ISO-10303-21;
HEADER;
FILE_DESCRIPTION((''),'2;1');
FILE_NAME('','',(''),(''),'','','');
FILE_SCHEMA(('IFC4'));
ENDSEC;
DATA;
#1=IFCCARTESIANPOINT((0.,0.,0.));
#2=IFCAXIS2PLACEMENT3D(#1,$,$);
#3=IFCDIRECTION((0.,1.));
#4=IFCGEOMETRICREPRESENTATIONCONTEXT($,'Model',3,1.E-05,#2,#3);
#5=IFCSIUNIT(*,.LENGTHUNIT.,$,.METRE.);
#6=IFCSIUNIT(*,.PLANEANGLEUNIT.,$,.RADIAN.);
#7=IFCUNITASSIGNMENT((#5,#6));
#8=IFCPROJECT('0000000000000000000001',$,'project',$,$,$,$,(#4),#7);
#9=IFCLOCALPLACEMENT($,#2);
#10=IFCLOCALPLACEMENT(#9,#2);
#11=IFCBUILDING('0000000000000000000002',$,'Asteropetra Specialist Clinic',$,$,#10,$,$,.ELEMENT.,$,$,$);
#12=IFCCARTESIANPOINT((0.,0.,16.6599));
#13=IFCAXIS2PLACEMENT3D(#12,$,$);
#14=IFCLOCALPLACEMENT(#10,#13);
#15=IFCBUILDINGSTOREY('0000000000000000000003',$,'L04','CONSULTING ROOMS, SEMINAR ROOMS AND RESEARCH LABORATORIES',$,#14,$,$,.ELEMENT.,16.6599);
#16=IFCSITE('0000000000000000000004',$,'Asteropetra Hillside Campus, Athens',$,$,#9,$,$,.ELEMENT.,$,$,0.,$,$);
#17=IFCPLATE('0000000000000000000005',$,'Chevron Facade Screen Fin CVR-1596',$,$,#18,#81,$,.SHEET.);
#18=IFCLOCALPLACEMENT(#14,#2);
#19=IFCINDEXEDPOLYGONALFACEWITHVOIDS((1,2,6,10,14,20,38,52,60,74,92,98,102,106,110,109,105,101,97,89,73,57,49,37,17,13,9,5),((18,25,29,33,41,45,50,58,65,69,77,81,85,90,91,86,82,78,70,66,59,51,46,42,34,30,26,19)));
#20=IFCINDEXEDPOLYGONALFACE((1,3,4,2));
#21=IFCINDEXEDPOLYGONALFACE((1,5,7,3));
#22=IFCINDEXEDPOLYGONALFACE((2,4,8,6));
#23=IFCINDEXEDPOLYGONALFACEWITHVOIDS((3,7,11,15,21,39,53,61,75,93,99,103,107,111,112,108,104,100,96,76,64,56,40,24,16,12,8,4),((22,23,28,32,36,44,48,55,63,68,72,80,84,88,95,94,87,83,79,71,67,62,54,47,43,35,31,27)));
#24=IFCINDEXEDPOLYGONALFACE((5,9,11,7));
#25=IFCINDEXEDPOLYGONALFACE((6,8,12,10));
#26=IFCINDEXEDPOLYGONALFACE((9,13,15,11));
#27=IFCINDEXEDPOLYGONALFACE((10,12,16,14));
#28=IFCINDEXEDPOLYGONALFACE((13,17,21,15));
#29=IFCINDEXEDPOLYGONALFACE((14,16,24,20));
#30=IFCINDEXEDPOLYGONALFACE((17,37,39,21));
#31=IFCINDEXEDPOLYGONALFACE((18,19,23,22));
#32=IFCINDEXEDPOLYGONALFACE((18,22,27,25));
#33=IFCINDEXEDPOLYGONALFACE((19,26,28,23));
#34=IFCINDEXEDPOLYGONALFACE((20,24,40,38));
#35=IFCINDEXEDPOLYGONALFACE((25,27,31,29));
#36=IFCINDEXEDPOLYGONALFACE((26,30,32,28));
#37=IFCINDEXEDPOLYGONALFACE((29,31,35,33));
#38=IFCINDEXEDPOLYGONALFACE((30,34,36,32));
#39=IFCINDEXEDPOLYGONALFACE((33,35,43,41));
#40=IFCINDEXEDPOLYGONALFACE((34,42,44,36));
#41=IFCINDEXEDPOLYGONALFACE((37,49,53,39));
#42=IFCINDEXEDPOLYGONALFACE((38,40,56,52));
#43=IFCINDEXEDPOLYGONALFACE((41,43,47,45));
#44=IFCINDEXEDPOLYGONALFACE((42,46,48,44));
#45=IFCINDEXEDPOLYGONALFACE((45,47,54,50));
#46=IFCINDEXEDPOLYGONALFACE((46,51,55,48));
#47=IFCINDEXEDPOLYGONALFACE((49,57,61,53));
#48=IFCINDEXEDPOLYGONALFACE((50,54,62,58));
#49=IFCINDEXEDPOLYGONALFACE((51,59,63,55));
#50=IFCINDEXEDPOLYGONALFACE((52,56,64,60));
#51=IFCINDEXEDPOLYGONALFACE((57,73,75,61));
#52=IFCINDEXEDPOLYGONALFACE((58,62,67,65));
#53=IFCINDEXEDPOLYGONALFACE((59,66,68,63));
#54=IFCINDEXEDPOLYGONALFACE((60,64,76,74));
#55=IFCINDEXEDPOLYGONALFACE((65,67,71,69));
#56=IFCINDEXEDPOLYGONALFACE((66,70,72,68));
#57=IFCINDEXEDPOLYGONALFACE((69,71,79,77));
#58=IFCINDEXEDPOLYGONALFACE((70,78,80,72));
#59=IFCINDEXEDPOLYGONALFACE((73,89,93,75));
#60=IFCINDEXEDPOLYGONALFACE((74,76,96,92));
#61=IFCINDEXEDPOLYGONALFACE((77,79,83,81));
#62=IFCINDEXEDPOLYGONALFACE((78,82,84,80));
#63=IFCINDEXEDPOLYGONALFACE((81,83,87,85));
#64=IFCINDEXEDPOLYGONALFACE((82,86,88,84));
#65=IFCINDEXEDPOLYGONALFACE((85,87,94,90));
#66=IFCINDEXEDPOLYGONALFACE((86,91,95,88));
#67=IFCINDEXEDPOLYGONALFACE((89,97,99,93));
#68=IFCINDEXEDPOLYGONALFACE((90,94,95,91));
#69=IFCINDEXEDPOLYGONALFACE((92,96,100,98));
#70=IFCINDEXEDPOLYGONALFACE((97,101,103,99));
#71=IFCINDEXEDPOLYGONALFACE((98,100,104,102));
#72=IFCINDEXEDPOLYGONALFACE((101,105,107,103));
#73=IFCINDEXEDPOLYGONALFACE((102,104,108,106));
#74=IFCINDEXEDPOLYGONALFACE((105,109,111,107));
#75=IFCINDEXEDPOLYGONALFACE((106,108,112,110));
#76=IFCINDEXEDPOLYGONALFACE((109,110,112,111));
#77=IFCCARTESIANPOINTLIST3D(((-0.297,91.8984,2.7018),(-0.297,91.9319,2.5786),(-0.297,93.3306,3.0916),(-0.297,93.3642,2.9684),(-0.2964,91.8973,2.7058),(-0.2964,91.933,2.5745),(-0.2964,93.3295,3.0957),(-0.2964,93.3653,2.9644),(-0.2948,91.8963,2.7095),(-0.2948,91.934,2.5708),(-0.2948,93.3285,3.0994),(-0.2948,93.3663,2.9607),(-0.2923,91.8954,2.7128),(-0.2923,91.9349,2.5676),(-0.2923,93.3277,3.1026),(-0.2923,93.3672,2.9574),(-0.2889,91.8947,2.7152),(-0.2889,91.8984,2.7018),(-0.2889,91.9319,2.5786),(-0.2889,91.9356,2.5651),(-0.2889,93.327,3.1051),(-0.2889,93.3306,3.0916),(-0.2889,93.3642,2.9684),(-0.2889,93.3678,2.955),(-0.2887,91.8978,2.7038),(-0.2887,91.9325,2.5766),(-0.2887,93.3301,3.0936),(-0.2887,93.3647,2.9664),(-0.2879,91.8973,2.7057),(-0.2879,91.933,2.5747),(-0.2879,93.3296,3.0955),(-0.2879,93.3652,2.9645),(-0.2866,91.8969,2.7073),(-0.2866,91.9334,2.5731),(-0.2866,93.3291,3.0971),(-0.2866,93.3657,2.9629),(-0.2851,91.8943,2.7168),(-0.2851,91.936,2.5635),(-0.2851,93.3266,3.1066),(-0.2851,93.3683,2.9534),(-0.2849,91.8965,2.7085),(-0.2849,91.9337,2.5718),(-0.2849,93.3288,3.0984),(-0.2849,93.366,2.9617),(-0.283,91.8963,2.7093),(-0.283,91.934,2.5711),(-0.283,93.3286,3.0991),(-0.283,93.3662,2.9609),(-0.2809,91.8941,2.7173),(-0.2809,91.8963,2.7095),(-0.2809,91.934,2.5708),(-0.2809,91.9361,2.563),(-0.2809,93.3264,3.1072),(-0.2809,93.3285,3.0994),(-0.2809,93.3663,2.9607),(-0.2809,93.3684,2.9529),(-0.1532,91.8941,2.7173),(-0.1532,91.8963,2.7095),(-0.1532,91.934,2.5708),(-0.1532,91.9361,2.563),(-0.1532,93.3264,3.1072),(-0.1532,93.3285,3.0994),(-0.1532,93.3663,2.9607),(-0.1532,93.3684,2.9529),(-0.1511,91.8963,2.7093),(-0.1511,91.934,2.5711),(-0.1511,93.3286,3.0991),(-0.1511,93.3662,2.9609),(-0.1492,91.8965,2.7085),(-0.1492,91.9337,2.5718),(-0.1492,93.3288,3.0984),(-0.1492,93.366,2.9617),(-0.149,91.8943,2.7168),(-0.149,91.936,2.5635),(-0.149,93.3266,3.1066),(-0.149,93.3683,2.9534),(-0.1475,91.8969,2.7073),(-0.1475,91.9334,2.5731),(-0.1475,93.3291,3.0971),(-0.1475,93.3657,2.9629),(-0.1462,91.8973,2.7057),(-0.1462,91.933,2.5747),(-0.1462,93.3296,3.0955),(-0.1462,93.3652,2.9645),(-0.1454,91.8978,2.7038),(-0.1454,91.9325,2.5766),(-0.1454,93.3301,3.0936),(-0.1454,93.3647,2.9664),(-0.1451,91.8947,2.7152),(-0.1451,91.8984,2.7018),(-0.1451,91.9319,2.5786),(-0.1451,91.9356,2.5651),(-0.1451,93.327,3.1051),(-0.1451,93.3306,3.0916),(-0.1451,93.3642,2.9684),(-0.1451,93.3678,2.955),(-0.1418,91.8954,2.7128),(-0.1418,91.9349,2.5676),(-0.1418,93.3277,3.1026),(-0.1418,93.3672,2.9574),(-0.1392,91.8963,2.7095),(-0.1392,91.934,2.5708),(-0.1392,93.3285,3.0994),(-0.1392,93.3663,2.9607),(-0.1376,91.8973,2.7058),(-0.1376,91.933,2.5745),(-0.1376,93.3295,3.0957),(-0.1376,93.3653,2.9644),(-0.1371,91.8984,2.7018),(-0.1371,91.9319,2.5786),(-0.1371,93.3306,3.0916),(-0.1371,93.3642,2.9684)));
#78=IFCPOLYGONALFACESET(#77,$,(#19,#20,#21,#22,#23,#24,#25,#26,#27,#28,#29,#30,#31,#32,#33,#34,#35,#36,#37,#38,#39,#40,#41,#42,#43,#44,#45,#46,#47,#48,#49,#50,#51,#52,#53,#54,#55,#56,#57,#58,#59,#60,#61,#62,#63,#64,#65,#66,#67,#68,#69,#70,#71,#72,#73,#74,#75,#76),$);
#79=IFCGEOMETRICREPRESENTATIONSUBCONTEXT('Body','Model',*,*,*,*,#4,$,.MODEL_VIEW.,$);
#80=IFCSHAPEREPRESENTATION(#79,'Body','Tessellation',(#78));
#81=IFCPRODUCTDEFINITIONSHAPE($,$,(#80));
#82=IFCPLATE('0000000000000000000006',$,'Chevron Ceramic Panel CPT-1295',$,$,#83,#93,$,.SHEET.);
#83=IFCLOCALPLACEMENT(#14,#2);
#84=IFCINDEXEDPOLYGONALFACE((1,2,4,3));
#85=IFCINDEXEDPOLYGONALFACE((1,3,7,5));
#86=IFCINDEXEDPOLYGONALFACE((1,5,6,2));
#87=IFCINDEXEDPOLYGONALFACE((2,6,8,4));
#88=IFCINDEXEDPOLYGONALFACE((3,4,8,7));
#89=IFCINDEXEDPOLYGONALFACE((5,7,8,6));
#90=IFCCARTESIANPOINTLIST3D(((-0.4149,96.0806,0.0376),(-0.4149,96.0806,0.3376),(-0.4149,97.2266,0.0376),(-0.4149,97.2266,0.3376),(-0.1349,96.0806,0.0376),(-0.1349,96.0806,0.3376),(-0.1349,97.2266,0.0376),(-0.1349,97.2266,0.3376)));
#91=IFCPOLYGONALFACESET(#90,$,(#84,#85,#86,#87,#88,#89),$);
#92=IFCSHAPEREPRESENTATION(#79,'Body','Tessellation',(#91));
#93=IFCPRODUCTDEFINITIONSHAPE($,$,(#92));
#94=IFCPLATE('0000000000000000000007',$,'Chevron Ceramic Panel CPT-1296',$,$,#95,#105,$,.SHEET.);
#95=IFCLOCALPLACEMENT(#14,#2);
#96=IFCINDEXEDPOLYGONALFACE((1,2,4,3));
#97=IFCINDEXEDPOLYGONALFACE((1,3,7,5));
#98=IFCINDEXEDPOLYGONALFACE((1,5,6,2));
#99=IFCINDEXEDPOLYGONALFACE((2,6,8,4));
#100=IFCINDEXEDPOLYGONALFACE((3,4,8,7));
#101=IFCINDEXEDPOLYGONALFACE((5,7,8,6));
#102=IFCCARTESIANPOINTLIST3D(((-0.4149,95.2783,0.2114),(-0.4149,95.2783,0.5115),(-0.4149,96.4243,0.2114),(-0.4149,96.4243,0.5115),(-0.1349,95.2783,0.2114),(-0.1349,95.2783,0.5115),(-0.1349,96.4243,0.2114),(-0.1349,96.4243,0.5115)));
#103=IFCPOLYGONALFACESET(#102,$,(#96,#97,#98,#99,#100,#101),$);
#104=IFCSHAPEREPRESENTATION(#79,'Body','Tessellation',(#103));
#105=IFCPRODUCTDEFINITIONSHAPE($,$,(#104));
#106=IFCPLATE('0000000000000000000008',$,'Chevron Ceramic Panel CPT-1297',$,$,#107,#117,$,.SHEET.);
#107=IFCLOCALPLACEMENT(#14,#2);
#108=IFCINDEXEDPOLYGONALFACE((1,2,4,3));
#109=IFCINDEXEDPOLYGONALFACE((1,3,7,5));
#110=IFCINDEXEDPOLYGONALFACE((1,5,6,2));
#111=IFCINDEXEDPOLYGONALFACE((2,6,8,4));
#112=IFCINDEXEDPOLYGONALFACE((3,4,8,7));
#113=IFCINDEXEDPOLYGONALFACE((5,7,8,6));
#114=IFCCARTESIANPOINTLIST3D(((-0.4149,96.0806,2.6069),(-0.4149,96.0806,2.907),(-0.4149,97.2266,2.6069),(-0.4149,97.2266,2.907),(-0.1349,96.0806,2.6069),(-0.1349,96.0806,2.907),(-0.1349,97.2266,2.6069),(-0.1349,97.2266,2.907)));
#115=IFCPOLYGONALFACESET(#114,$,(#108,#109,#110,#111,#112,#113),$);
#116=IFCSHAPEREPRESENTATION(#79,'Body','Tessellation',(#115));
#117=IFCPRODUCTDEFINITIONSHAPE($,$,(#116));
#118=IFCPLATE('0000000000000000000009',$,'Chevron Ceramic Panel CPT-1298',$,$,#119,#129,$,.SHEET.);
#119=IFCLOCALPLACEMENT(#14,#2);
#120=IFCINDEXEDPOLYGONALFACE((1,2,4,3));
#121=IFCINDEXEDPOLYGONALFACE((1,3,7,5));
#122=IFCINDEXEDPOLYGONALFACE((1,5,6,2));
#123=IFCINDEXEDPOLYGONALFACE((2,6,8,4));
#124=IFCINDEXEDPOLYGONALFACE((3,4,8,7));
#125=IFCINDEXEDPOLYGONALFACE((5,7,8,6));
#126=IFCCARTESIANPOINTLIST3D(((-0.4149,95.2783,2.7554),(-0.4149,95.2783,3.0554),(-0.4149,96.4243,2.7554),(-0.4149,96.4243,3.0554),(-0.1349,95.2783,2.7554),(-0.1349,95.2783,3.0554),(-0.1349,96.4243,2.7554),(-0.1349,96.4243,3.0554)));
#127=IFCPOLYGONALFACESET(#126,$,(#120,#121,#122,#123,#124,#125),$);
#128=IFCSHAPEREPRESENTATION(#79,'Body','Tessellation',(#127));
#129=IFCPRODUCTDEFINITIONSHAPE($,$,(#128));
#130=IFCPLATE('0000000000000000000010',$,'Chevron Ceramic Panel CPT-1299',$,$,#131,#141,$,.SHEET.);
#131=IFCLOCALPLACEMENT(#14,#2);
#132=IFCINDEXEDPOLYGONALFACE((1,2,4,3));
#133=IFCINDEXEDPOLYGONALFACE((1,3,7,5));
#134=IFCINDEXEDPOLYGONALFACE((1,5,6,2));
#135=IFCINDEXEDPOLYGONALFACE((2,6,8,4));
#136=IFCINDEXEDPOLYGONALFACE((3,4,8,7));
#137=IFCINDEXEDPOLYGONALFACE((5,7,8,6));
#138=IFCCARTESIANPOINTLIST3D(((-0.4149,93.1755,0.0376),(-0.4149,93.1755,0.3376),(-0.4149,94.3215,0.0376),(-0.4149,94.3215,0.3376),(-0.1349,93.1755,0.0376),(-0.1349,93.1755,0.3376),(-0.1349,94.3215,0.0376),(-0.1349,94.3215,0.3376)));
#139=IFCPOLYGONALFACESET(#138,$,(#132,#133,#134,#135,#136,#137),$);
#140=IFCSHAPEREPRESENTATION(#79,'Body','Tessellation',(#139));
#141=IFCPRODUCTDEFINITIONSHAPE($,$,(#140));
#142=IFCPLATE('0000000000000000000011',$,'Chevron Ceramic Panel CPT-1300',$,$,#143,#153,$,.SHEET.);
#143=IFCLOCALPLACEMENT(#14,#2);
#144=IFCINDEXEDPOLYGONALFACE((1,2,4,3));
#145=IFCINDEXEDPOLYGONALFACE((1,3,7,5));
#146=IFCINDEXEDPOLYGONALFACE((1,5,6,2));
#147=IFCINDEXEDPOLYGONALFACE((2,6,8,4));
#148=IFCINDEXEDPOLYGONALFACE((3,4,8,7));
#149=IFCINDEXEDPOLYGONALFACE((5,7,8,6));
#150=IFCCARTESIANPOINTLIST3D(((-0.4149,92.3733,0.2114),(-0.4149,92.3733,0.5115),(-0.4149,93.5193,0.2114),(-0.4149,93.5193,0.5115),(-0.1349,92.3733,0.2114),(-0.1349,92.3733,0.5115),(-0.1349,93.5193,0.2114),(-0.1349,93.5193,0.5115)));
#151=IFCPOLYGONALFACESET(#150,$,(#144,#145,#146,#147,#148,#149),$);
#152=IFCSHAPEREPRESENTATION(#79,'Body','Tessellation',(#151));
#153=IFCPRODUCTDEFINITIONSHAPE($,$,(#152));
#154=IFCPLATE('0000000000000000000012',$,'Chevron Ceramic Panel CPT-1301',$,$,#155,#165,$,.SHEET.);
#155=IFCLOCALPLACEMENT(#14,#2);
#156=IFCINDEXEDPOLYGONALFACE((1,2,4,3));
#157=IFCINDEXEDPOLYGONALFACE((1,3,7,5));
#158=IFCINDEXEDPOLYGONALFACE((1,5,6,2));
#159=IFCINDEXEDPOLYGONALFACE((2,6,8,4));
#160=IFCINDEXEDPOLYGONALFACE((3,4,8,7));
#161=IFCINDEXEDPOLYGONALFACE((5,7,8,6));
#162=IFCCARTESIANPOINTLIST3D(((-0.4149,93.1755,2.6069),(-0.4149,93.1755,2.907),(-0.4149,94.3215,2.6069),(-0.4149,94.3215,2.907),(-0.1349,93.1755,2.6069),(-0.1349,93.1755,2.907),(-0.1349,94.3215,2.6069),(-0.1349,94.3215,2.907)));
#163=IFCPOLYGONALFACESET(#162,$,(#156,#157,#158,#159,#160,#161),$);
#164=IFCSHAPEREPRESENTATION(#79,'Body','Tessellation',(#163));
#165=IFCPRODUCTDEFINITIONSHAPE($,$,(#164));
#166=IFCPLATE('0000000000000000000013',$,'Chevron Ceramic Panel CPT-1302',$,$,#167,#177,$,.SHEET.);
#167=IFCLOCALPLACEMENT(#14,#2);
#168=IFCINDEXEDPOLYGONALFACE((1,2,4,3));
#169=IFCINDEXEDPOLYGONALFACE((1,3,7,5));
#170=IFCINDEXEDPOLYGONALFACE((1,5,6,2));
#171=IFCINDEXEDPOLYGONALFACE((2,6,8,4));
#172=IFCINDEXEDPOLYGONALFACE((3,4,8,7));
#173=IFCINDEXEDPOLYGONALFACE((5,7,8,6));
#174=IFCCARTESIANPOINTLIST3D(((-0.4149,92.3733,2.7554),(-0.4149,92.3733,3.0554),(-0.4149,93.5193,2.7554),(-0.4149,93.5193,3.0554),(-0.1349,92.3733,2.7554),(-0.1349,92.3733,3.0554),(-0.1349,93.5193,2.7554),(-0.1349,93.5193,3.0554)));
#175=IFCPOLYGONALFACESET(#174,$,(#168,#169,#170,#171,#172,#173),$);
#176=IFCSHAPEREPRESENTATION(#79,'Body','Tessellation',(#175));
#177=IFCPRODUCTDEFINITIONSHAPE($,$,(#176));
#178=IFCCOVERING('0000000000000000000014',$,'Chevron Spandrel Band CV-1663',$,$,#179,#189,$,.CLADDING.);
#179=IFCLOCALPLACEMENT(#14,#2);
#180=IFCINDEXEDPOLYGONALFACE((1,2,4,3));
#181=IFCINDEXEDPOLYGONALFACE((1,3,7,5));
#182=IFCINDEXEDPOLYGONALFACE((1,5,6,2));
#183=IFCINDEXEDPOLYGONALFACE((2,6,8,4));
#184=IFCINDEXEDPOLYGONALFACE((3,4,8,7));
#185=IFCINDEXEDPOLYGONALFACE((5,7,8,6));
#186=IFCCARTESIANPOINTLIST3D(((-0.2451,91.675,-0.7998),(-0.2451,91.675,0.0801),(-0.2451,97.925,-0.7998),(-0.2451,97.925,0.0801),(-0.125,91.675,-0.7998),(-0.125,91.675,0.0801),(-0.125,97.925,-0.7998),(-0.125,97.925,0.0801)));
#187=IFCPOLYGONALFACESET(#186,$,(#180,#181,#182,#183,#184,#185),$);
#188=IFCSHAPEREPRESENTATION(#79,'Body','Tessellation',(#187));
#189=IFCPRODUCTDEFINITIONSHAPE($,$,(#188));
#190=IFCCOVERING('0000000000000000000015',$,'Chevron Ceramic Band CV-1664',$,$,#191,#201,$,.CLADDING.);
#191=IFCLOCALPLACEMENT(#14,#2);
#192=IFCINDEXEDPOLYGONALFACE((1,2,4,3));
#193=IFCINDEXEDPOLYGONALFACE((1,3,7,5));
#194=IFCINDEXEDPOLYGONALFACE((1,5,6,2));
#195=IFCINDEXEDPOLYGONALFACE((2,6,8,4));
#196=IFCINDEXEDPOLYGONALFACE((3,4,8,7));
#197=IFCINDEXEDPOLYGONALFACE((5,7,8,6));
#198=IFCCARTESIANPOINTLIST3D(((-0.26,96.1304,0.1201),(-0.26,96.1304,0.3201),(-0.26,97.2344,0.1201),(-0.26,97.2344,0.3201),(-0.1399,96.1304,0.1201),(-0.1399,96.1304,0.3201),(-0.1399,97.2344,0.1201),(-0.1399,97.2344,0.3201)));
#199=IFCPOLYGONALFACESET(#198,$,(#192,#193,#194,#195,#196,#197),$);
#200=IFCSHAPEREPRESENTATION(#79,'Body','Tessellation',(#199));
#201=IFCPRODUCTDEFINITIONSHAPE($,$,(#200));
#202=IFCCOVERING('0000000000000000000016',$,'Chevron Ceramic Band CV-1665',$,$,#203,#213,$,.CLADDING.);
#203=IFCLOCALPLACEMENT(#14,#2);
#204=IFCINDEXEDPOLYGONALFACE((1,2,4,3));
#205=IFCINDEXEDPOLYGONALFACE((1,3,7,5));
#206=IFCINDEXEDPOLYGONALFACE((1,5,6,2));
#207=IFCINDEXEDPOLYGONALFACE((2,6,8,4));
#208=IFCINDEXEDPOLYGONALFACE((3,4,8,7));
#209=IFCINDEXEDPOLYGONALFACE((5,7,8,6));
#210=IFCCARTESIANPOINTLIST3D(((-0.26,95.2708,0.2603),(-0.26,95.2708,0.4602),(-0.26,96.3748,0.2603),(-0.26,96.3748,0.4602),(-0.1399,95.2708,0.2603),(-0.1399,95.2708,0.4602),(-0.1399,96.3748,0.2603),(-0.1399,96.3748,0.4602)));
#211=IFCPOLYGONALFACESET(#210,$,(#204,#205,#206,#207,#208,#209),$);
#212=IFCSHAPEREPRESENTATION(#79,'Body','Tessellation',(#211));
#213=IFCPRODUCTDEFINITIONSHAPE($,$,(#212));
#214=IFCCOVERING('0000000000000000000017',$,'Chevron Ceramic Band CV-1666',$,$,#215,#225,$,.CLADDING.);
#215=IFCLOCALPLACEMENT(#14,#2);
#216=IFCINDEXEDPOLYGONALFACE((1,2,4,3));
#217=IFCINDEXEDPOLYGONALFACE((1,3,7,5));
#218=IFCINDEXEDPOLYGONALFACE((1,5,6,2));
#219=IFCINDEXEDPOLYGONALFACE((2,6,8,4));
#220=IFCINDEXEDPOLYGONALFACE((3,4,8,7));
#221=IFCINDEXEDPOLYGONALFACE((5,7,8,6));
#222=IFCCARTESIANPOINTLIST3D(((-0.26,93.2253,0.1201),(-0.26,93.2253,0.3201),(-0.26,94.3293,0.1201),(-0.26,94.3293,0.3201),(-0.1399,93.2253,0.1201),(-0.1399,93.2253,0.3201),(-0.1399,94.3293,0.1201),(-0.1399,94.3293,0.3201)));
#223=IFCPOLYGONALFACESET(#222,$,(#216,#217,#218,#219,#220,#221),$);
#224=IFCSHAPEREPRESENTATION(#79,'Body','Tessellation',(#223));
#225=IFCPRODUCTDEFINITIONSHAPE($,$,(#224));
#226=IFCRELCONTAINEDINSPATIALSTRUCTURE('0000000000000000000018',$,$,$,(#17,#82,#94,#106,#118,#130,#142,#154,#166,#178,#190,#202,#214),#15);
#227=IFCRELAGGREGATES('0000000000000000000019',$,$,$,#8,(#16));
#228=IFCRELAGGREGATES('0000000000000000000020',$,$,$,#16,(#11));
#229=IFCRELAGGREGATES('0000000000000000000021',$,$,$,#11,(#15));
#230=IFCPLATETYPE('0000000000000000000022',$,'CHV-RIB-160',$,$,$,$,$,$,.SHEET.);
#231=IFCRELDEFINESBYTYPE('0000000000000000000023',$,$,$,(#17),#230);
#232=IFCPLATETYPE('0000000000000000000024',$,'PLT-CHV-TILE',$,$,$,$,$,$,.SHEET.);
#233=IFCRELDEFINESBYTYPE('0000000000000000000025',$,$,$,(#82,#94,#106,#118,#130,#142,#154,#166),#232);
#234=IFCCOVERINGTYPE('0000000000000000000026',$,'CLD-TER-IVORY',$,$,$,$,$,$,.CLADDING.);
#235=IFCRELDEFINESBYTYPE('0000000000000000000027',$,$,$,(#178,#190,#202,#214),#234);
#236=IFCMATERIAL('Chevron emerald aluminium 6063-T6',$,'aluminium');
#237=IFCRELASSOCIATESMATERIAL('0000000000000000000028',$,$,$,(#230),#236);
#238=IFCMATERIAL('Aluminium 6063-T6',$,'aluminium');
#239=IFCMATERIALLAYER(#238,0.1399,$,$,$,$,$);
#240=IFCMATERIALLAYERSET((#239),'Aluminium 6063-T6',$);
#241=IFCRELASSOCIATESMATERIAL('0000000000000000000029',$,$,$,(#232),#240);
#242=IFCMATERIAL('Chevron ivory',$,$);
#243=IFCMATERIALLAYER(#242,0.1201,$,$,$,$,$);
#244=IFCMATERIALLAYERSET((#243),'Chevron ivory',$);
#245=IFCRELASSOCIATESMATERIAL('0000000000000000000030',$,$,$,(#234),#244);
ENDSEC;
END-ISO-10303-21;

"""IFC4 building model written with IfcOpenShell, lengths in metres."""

from ifc_helpers import new_model, si_unit, direction, frame, origin, origin_2d, place, context, subcontext, project, spatial, rectangle, hollow_rectangle, extrude, material, layer, layer_set, material_profile, profile_set, type_object, element, save


model = new_model("IFC4")

# Units and contexts
model_context = context("Model", 3, precision=1e-05, world=origin(), true_north=direction((0.0, 1.0)))
body_context = subcontext(model_context, "Body", "Model", "MODEL_VIEW")
ifc_project = project(units=[si_unit("LENGTHUNIT", "METRE"), si_unit("PLANEANGLEUNIT", "RADIAN")], contexts=[model_context])

# Site, building, storey
site_placement = place(None, origin())
site = spatial("IfcSite", under=ifc_project, at=site_placement, Name="Asteropetra Hillside Campus, Athens", CompositionType="ELEMENT", RefElevation=0.0)
building_placement = place(site_placement, origin())
building = spatial("IfcBuilding", under=site, at=building_placement, Name="Asteropetra Specialist Clinic", CompositionType="ELEMENT")
storey_placement = place(building_placement, frame((0.0, 0.0, 16.6599)))
storey = spatial("IfcBuildingStorey", under=building, at=storey_placement, Name="L04", Description="CONSULTING ROOMS, SEMINAR ROOMS AND RESEARCH LABORATORIES", CompositionType="ELEMENT", Elevation=16.6599)

# Plates
ifc_material_1 = material(Name="Chevron emerald aluminium 6063-T6", Category="aluminium")
ifc_material_profile = material_profile(ifc_material_1, hollow_rectangle(XDim=0.1599, YDim=0.1599, WallThickness=0.0081, InnerFilletRadius=0.0081, OuterFilletRadius=0.0161, at=origin_2d()), Name="SHS 160x160x8.0")
ifc_profile_set = profile_set([ifc_material_profile], Name="Chevron emerald aluminium 6063-T6")
plate_type_1 = type_object("IfcPlateType", Name="CHV-RIB-160", PredefinedType="SHEET", material=ifc_profile_set)
plate_1_placement = place(storey_placement, frame((-0.217, 93.3474, 3.03), z_axis=(0.0, -0.964893, -0.262644), x_axis=(1.0, 0.0, 0.0)))
element("IfcPlate", 1, at=plate_1_placement, inside=storey, type_object=plate_type_1, Name="Chevron Facade Screen Fin CVR-1596", PredefinedType="SHEET", context=body_context, shape_type="SweptSolid", body=[
    extrude(hollow_rectangle(XDim=0.1599, YDim=0.1599, WallThickness=0.0081, InnerFilletRadius=0.0081, OuterFilletRadius=0.0161, at=origin_2d()), origin(), (0.0, 0.0, 1.0), 1.4844),
])
ifc_material_2 = material(Name="Aluminium 6063-T6", Category="aluminium")
ifc_layer_1 = layer(ifc_material_2, 0.1399)
ifc_layer_set_1 = layer_set([ifc_layer_1], Name="Aluminium 6063-T6")
plate_type_2 = type_object("IfcPlateType", Name="PLT-CHV-TILE", PredefinedType="SHEET", material=ifc_layer_set_1)
for number, where, z_axis, x_axis, name in (
    (2, (-0.2749, 96.6536, 0.0376), (0.0, 0.0, 1.0), (1.0, 0.0, 0.0), "Chevron Ceramic Panel CPT-1295"),
    (3, (-0.2749, 95.8513, 0.2114), (0.0, 0.0, 1.0), (1.0, 0.0, 0.0), "Chevron Ceramic Panel CPT-1296"),
    (4, (-0.2749, 96.6536, 2.6069), (0.0, 0.0, 1.0), (1.0, 0.0, 0.0), "Chevron Ceramic Panel CPT-1297"),
    (5, (-0.2749, 95.8513, 2.7554), (0.0, 0.0, 1.0), (1.0, 0.0, 0.0), "Chevron Ceramic Panel CPT-1298"),
    (6, (-0.2749, 93.7485, 0.0376), (0.0, 0.0, 1.0), (1.0, 0.0, 0.0), "Chevron Ceramic Panel CPT-1299"),
    (7, (-0.2749, 92.9463, 0.2114), (0.0, 0.0, 1.0), (1.0, 0.0, 0.0), "Chevron Ceramic Panel CPT-1300"),
    (8, (-0.2749, 93.7485, 2.6069), (0.0, 0.0, 1.0), (1.0, 0.0, 0.0), "Chevron Ceramic Panel CPT-1301"),
    (9, (-0.2749, 92.9463, 2.7554), (0.0, 0.0, 1.0), (1.0, 0.0, 0.0), "Chevron Ceramic Panel CPT-1302"),
):
    element("IfcPlate", number, at=place(storey_placement, frame(where, z_axis=z_axis, x_axis=x_axis)), inside=storey, type_object=plate_type_2, Name=name, PredefinedType="SHEET", context=body_context, shape_type="SweptSolid", body=[
        extrude(rectangle(XDim=0.28, YDim=1.146, at=origin_2d()), origin(), (0.0, 0.0, 1.0), 0.3),
    ])

# Coverings
ifc_material_3 = material(Name="Chevron ivory")
ifc_layer_2 = layer(ifc_material_3, 0.1201)
ifc_layer_set_2 = layer_set([ifc_layer_2], Name="Chevron ivory")
covering_type_1 = type_object("IfcCoveringType", Name="CLD-TER-IVORY", PredefinedType="CLADDING", material=ifc_layer_set_2)
covering_1_placement = place(storey_placement, frame((-0.1851, 94.8, -0.7998), z_axis=(0.0, 0.0, 1.0), x_axis=(1.0, 0.0, 0.0)))
element("IfcCovering", 10, at=covering_1_placement, inside=storey, type_object=covering_type_1, Name="Chevron Spandrel Band CV-1663", PredefinedType="CLADDING", context=body_context, shape_type="SweptSolid", body=[
    extrude(rectangle(XDim=0.1201, YDim=6.25, at=origin_2d()), origin(), (0.0, 0.0, 1.0), 0.8799),
])
for number, where, z_axis, x_axis, name in (
    (11, (-0.2, 96.6824, 0.1201), (0.0, 0.0, 1.0), (1.0, 0.0, 0.0), "Chevron Ceramic Band CV-1664"),
    (12, (-0.2, 95.8228, 0.2603), (0.0, 0.0, 1.0), (1.0, 0.0, 0.0), "Chevron Ceramic Band CV-1665"),
    (13, (-0.2, 93.7773, 0.1201), (0.0, 0.0, 1.0), (1.0, 0.0, 0.0), "Chevron Ceramic Band CV-1666"),
):
    element("IfcCovering", number, at=place(storey_placement, frame(where, z_axis=z_axis, x_axis=x_axis)), inside=storey, type_object=covering_type_1, Name=name, PredefinedType="CLADDING", context=body_context, shape_type="SweptSolid", body=[
        extrude(rectangle(XDim=0.1201, YDim=1.104, at=origin_2d()), origin(), (0.0, 0.0, 1.0), 0.2),
    ])

save(model, "model.ifc")
